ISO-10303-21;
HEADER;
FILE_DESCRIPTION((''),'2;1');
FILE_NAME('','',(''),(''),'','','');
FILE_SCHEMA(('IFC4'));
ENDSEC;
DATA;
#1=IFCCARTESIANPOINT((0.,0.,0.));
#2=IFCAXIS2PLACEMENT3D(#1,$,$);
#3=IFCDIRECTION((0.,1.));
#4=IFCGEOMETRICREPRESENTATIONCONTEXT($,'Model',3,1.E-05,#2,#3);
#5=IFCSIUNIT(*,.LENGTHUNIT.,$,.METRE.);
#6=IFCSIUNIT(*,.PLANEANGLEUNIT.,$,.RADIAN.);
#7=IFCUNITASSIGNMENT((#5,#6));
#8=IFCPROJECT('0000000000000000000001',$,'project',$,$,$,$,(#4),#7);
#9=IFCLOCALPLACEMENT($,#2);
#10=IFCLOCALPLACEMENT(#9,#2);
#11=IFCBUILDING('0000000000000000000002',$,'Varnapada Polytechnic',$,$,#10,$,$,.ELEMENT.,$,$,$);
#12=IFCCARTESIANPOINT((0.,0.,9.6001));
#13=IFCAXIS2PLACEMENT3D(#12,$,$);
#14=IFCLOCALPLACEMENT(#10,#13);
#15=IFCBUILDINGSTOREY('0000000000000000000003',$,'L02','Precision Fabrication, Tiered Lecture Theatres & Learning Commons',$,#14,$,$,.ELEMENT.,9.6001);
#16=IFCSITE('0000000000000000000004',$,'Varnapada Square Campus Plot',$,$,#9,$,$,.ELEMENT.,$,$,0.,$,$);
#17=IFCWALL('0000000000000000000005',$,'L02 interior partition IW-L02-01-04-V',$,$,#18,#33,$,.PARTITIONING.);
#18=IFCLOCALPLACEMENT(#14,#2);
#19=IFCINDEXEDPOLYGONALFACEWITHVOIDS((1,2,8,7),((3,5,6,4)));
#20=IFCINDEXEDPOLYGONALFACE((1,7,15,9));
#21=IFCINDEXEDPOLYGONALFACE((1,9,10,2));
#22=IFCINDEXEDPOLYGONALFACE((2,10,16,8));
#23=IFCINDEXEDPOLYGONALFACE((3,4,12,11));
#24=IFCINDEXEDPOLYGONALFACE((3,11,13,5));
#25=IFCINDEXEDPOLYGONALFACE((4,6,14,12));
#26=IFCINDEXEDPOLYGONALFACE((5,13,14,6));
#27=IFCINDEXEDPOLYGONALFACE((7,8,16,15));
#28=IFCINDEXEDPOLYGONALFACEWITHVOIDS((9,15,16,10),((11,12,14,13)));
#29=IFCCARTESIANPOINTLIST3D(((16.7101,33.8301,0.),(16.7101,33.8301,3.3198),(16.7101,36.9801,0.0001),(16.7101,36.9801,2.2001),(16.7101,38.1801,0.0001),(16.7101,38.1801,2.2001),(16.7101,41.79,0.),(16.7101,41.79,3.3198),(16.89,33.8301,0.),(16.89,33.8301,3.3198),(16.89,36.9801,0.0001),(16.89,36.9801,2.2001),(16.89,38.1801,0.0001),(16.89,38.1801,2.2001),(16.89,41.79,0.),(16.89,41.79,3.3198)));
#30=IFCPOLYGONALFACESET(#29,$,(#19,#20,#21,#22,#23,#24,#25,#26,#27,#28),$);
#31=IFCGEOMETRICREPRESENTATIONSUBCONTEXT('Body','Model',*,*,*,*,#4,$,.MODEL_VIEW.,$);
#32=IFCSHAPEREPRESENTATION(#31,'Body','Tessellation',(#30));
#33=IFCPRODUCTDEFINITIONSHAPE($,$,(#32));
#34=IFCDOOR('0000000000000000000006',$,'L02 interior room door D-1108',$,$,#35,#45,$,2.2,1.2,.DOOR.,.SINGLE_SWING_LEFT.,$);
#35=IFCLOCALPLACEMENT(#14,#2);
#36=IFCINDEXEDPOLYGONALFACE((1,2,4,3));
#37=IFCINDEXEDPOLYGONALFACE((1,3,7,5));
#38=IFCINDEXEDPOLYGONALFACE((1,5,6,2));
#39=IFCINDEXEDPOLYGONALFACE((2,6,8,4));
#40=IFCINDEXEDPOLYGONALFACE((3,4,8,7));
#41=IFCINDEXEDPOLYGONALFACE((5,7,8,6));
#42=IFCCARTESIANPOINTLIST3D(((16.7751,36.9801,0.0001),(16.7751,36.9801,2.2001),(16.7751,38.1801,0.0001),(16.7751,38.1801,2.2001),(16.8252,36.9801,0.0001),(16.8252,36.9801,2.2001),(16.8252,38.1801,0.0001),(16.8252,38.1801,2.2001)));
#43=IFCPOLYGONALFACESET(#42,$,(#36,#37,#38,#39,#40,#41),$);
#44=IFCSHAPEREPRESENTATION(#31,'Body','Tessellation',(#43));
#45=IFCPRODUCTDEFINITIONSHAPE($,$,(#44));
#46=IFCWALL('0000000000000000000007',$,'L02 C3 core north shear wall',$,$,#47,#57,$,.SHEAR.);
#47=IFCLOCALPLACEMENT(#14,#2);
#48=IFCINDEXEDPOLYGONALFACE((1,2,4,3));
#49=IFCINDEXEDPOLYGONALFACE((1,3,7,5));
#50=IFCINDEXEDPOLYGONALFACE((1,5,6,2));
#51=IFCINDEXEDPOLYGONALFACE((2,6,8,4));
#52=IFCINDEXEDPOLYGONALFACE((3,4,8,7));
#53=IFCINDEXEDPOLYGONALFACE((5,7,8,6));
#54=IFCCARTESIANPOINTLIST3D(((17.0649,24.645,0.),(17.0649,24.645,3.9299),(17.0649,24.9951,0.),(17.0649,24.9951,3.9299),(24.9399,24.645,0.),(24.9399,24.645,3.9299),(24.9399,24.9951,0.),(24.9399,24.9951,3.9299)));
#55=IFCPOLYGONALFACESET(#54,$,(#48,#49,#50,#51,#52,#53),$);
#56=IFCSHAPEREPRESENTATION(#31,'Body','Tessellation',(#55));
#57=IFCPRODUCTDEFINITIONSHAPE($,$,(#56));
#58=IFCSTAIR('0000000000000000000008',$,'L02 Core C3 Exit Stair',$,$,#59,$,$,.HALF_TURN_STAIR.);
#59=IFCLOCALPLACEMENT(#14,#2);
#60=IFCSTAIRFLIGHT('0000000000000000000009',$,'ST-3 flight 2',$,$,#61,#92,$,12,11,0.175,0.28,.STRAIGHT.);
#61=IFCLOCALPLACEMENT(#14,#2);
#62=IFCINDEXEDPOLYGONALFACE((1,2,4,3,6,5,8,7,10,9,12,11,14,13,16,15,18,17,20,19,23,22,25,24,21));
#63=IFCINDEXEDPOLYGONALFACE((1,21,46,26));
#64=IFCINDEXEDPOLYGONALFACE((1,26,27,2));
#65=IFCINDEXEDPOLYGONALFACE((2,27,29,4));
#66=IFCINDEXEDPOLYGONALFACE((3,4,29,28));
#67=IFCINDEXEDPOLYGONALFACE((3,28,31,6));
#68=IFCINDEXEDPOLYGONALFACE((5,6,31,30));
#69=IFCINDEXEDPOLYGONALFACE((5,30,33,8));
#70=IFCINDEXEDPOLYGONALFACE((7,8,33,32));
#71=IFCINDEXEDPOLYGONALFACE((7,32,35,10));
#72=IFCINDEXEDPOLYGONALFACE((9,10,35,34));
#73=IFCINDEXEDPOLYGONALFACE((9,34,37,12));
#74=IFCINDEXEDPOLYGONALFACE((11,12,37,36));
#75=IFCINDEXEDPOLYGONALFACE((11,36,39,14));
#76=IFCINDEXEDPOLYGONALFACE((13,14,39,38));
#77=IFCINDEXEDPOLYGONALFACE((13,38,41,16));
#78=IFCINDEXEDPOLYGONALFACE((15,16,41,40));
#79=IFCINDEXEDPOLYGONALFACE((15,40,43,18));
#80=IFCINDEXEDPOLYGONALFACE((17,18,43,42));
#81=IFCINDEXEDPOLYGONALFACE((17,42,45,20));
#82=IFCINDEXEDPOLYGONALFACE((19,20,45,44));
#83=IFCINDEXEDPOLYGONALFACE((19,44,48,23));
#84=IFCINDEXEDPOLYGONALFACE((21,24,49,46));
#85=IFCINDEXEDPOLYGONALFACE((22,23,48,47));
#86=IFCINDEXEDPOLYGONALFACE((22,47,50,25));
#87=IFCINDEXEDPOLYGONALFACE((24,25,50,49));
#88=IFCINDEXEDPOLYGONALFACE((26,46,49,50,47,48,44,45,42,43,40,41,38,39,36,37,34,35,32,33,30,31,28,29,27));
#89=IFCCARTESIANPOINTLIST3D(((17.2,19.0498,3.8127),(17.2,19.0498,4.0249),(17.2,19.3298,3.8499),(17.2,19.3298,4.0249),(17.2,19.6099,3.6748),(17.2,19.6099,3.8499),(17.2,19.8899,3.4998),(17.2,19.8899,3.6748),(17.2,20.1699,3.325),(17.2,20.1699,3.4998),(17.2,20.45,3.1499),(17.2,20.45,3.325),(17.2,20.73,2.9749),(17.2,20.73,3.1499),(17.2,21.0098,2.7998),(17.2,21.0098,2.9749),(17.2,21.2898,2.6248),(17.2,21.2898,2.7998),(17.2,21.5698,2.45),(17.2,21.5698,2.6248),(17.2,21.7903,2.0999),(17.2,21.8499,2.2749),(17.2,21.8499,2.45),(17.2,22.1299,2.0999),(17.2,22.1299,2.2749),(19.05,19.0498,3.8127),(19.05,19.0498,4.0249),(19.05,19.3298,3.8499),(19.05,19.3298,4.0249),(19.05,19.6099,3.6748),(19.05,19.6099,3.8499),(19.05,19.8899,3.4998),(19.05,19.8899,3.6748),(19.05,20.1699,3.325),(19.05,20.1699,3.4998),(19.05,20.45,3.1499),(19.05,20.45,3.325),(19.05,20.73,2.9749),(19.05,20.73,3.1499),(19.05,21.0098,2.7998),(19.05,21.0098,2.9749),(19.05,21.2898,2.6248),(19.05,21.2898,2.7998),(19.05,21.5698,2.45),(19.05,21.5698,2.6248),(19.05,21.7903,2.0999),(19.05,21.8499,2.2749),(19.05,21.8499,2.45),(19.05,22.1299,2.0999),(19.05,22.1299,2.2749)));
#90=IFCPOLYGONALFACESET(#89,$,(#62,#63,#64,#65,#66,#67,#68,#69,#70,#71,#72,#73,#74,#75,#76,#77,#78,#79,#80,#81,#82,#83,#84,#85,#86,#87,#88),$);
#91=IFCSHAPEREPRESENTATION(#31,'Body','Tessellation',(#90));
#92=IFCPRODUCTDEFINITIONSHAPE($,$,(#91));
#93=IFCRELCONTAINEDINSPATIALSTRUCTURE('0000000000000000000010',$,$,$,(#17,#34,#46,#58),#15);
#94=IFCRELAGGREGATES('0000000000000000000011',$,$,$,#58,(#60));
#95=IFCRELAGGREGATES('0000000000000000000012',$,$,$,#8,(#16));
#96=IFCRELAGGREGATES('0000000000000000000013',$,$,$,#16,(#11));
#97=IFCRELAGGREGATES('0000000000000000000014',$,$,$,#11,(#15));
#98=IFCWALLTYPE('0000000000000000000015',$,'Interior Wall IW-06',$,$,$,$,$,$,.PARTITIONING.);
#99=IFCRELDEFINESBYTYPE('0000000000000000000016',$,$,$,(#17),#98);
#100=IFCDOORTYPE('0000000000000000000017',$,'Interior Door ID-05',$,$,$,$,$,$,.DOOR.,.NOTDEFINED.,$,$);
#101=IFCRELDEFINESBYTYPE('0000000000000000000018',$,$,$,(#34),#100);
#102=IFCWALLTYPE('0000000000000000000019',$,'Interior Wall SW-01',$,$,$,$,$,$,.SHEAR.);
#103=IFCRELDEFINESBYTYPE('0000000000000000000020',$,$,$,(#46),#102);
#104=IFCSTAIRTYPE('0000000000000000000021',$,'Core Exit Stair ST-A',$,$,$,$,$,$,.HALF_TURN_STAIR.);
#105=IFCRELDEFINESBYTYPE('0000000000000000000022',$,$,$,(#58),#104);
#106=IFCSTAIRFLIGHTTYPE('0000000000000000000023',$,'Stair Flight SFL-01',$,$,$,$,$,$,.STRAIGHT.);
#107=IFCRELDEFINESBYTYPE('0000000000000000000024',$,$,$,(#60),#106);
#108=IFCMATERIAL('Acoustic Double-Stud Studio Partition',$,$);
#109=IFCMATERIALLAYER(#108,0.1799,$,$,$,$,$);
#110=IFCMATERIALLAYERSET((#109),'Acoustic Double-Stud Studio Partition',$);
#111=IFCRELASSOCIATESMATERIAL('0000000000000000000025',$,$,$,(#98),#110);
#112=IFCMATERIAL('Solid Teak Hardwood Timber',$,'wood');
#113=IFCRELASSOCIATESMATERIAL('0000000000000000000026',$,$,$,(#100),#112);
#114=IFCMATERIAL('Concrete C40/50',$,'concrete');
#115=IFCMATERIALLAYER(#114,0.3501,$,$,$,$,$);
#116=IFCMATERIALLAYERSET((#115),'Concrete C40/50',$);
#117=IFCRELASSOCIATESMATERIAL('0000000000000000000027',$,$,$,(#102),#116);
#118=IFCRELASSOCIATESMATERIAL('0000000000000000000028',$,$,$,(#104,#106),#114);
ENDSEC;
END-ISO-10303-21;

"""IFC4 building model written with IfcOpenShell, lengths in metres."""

from ifc_helpers import new_model, si_unit, direction, frame, frame_2d, origin, place, context, subcontext, project, spatial, polyline, rectangle, outline, extrude, material, layer, layer_set, type_object, element, fill, aggregate, save


model = new_model("IFC4")

# Units and contexts
model_context = context("Model", 3, precision=1e-05, world=origin(), true_north=direction((0.0, 1.0)))
body_context = subcontext(model_context, "Body", "Model", "MODEL_VIEW")
ifc_project = project(units=[si_unit("LENGTHUNIT", "METRE"), si_unit("PLANEANGLEUNIT", "RADIAN")], contexts=[model_context])

# Site, building, storey
site_placement = place(None, origin())
site = spatial("IfcSite", under=ifc_project, at=site_placement, Name="Varnapada Square Campus Plot", CompositionType="ELEMENT", RefElevation=0.0)
building_placement = place(site_placement, origin())
building = spatial("IfcBuilding", under=site, at=building_placement, Name="Varnapada Polytechnic", CompositionType="ELEMENT")
storey_placement = place(building_placement, frame((0.0, 0.0, 9.6001)))
storey = spatial("IfcBuildingStorey", under=building, at=storey_placement, Name="L02", Description="Precision Fabrication, Tiered Lecture Theatres & Learning Commons", CompositionType="ELEMENT", Elevation=9.6001)

# Shared definitions
ifc_material_1 = material(Name="Concrete C40/50", Category="concrete")

# Wall, opening, door
ifc_material_2 = material(Name="Acoustic Double-Stud Studio Partition")
ifc_layer_1 = layer(ifc_material_2, 0.1799)
ifc_layer_set_1 = layer_set([ifc_layer_1], Name="Acoustic Double-Stud Studio Partition")
wall_type_1 = type_object("IfcWallType", Name="Interior Wall IW-06", PredefinedType="PARTITIONING", material=ifc_layer_set_1)
wall_1_placement = place(storey_placement, frame((16.8, 33.8301, 0.0), z_axis=(0.0, 0.0, 1.0), x_axis=(0.0, 1.0, 0.0)))
wall_1 = element("IfcWall", 1, at=wall_1_placement, inside=storey, type_object=wall_type_1, Name="L02 interior partition IW-L02-01-04-V", PredefinedType="PARTITIONING", context=body_context, shape_type="SweptSolid", body=[
    extrude(rectangle(XDim=7.96, YDim=0.1799, at=frame_2d((3.98, 0.0))), origin(), (0.0, 0.0, 1.0), 3.3198),
])
opening_1_placement = place(wall_1_placement, frame((3.1499, 0.0, 0.0)))
opening_1 = element("IfcOpeningElement", 2, at=opening_1_placement, cuts=wall_1, PredefinedType="OPENING", context=body_context, shape_type="SweptSolid", body=[
    extrude(rectangle(XDim=1.2, YDim=2.2, at=frame_2d((0.6001, 1.1001))), frame((0.0, 0.0999, 0.0), z_axis=(0.0, -1.0, 0.0), x_axis=(1.0, 0.0, 0.0)), (0.0, 0.0, 1.0), 0.2),
])
ifc_material_3 = material(Name="Solid Teak Hardwood Timber", Category="wood")
door_type_1 = type_object("IfcDoorType", Name="Interior Door ID-05", OperationType="NOTDEFINED", PredefinedType="DOOR", material=ifc_material_3)
door_1_placement = place(opening_1_placement, origin())
door_1 = element("IfcDoor", 3, at=door_1_placement, inside=storey, type_object=door_type_1, Name="L02 interior room door D-1108", OperationType="SINGLE_SWING_LEFT", OverallHeight=2.2, OverallWidth=1.2, PredefinedType="DOOR", context=body_context, shape_type="SweptSolid", body=[
    extrude(rectangle(XDim=1.2, YDim=2.2, at=frame_2d((0.6001, 1.1001))), frame((0.0, 0.0249, 0.0), z_axis=(0.0, -1.0, 0.0), x_axis=(1.0, 0.0, 0.0)), (0.0, 0.0, 1.0), 0.05),
])
fill(opening_1, door_1)

# Wall
ifc_layer_2 = layer(ifc_material_1, 0.3501)
ifc_layer_set_2 = layer_set([ifc_layer_2], Name="Concrete C40/50")
wall_type_2 = type_object("IfcWallType", Name="Interior Wall SW-01", PredefinedType="SHEAR", material=ifc_layer_set_2)
wall_2_placement = place(storey_placement, frame((17.0649, 24.8201, 0.0), z_axis=(0.0, 0.0, 1.0), x_axis=(1.0, 0.0, 0.0)))
element("IfcWall", 4, at=wall_2_placement, inside=storey, type_object=wall_type_2, Name="L02 C3 core north shear wall", PredefinedType="SHEAR", context=body_context, shape_type="SweptSolid", body=[
    extrude(rectangle(XDim=7.875, YDim=0.3501, at=frame_2d((3.9375, 0.0))), origin(), (0.0, 0.0, 1.0), 3.9299),
])

# Stair, stair flight
stair_type = type_object("IfcStairType", Name="Core Exit Stair ST-A", PredefinedType="HALF_TURN_STAIR", material=ifc_material_1)
stair_placement = place(storey_placement, origin())
stair = element("IfcStair", 5, at=stair_placement, inside=storey, type_object=stair_type, Name="L02 Core C3 Exit Stair", PredefinedType="HALF_TURN_STAIR")
stair_flight_type = type_object("IfcStairFlightType", Name="Stair Flight SFL-01", PredefinedType="STRAIGHT", material=ifc_material_1)
stair_flight_placement = place(storey_placement, frame((18.125, 22.1299, 2.0999), z_axis=(0.0, 0.0, 1.0), x_axis=(0.0, -1.0, 0.0)))
stair_flight = element("IfcStairFlight", 6, at=stair_flight_placement, type_object=stair_flight_type, Name="ST-3 flight 2", NumberOfRisers=12, NumberOfTreads=11, PredefinedType="STRAIGHT", RiserHeight=0.175, TreadLength=0.28, context=body_context, shape_type="SweptSolid", body=[
    extrude(outline(polyline([(0.0, 0.0), (0.0, 0.175), (0.28, 0.175), (0.28, 0.3501), (0.5601, 0.3501), (0.5601, 0.5249), (0.8401, 0.5249), (0.8401, 0.7), (1.1201, 0.7), (1.1201, 0.875), (1.3999, 0.875), (1.3999, 1.05), (1.6799, 1.05), (1.6799, 1.2251), (1.96, 1.2251), (1.96, 1.3999), (2.24, 1.3999), (2.24, 1.575), (2.52, 1.575), (2.52, 1.75), (2.8, 1.75), (2.8, 1.925), (3.0801, 1.925), (3.0801, 2.1001), (3.0801, 1.7129), (0.3396, 0.0), (0.0, 0.0)])), frame((0.0, 0.925, 0.0), z_axis=(0.0, -1.0, 0.0), x_axis=(1.0, 0.0, 0.0)), (0.0, 0.0, 1.0), 1.8501),
])
aggregate(stair, [stair_flight])

save(model, "model.ifc")
